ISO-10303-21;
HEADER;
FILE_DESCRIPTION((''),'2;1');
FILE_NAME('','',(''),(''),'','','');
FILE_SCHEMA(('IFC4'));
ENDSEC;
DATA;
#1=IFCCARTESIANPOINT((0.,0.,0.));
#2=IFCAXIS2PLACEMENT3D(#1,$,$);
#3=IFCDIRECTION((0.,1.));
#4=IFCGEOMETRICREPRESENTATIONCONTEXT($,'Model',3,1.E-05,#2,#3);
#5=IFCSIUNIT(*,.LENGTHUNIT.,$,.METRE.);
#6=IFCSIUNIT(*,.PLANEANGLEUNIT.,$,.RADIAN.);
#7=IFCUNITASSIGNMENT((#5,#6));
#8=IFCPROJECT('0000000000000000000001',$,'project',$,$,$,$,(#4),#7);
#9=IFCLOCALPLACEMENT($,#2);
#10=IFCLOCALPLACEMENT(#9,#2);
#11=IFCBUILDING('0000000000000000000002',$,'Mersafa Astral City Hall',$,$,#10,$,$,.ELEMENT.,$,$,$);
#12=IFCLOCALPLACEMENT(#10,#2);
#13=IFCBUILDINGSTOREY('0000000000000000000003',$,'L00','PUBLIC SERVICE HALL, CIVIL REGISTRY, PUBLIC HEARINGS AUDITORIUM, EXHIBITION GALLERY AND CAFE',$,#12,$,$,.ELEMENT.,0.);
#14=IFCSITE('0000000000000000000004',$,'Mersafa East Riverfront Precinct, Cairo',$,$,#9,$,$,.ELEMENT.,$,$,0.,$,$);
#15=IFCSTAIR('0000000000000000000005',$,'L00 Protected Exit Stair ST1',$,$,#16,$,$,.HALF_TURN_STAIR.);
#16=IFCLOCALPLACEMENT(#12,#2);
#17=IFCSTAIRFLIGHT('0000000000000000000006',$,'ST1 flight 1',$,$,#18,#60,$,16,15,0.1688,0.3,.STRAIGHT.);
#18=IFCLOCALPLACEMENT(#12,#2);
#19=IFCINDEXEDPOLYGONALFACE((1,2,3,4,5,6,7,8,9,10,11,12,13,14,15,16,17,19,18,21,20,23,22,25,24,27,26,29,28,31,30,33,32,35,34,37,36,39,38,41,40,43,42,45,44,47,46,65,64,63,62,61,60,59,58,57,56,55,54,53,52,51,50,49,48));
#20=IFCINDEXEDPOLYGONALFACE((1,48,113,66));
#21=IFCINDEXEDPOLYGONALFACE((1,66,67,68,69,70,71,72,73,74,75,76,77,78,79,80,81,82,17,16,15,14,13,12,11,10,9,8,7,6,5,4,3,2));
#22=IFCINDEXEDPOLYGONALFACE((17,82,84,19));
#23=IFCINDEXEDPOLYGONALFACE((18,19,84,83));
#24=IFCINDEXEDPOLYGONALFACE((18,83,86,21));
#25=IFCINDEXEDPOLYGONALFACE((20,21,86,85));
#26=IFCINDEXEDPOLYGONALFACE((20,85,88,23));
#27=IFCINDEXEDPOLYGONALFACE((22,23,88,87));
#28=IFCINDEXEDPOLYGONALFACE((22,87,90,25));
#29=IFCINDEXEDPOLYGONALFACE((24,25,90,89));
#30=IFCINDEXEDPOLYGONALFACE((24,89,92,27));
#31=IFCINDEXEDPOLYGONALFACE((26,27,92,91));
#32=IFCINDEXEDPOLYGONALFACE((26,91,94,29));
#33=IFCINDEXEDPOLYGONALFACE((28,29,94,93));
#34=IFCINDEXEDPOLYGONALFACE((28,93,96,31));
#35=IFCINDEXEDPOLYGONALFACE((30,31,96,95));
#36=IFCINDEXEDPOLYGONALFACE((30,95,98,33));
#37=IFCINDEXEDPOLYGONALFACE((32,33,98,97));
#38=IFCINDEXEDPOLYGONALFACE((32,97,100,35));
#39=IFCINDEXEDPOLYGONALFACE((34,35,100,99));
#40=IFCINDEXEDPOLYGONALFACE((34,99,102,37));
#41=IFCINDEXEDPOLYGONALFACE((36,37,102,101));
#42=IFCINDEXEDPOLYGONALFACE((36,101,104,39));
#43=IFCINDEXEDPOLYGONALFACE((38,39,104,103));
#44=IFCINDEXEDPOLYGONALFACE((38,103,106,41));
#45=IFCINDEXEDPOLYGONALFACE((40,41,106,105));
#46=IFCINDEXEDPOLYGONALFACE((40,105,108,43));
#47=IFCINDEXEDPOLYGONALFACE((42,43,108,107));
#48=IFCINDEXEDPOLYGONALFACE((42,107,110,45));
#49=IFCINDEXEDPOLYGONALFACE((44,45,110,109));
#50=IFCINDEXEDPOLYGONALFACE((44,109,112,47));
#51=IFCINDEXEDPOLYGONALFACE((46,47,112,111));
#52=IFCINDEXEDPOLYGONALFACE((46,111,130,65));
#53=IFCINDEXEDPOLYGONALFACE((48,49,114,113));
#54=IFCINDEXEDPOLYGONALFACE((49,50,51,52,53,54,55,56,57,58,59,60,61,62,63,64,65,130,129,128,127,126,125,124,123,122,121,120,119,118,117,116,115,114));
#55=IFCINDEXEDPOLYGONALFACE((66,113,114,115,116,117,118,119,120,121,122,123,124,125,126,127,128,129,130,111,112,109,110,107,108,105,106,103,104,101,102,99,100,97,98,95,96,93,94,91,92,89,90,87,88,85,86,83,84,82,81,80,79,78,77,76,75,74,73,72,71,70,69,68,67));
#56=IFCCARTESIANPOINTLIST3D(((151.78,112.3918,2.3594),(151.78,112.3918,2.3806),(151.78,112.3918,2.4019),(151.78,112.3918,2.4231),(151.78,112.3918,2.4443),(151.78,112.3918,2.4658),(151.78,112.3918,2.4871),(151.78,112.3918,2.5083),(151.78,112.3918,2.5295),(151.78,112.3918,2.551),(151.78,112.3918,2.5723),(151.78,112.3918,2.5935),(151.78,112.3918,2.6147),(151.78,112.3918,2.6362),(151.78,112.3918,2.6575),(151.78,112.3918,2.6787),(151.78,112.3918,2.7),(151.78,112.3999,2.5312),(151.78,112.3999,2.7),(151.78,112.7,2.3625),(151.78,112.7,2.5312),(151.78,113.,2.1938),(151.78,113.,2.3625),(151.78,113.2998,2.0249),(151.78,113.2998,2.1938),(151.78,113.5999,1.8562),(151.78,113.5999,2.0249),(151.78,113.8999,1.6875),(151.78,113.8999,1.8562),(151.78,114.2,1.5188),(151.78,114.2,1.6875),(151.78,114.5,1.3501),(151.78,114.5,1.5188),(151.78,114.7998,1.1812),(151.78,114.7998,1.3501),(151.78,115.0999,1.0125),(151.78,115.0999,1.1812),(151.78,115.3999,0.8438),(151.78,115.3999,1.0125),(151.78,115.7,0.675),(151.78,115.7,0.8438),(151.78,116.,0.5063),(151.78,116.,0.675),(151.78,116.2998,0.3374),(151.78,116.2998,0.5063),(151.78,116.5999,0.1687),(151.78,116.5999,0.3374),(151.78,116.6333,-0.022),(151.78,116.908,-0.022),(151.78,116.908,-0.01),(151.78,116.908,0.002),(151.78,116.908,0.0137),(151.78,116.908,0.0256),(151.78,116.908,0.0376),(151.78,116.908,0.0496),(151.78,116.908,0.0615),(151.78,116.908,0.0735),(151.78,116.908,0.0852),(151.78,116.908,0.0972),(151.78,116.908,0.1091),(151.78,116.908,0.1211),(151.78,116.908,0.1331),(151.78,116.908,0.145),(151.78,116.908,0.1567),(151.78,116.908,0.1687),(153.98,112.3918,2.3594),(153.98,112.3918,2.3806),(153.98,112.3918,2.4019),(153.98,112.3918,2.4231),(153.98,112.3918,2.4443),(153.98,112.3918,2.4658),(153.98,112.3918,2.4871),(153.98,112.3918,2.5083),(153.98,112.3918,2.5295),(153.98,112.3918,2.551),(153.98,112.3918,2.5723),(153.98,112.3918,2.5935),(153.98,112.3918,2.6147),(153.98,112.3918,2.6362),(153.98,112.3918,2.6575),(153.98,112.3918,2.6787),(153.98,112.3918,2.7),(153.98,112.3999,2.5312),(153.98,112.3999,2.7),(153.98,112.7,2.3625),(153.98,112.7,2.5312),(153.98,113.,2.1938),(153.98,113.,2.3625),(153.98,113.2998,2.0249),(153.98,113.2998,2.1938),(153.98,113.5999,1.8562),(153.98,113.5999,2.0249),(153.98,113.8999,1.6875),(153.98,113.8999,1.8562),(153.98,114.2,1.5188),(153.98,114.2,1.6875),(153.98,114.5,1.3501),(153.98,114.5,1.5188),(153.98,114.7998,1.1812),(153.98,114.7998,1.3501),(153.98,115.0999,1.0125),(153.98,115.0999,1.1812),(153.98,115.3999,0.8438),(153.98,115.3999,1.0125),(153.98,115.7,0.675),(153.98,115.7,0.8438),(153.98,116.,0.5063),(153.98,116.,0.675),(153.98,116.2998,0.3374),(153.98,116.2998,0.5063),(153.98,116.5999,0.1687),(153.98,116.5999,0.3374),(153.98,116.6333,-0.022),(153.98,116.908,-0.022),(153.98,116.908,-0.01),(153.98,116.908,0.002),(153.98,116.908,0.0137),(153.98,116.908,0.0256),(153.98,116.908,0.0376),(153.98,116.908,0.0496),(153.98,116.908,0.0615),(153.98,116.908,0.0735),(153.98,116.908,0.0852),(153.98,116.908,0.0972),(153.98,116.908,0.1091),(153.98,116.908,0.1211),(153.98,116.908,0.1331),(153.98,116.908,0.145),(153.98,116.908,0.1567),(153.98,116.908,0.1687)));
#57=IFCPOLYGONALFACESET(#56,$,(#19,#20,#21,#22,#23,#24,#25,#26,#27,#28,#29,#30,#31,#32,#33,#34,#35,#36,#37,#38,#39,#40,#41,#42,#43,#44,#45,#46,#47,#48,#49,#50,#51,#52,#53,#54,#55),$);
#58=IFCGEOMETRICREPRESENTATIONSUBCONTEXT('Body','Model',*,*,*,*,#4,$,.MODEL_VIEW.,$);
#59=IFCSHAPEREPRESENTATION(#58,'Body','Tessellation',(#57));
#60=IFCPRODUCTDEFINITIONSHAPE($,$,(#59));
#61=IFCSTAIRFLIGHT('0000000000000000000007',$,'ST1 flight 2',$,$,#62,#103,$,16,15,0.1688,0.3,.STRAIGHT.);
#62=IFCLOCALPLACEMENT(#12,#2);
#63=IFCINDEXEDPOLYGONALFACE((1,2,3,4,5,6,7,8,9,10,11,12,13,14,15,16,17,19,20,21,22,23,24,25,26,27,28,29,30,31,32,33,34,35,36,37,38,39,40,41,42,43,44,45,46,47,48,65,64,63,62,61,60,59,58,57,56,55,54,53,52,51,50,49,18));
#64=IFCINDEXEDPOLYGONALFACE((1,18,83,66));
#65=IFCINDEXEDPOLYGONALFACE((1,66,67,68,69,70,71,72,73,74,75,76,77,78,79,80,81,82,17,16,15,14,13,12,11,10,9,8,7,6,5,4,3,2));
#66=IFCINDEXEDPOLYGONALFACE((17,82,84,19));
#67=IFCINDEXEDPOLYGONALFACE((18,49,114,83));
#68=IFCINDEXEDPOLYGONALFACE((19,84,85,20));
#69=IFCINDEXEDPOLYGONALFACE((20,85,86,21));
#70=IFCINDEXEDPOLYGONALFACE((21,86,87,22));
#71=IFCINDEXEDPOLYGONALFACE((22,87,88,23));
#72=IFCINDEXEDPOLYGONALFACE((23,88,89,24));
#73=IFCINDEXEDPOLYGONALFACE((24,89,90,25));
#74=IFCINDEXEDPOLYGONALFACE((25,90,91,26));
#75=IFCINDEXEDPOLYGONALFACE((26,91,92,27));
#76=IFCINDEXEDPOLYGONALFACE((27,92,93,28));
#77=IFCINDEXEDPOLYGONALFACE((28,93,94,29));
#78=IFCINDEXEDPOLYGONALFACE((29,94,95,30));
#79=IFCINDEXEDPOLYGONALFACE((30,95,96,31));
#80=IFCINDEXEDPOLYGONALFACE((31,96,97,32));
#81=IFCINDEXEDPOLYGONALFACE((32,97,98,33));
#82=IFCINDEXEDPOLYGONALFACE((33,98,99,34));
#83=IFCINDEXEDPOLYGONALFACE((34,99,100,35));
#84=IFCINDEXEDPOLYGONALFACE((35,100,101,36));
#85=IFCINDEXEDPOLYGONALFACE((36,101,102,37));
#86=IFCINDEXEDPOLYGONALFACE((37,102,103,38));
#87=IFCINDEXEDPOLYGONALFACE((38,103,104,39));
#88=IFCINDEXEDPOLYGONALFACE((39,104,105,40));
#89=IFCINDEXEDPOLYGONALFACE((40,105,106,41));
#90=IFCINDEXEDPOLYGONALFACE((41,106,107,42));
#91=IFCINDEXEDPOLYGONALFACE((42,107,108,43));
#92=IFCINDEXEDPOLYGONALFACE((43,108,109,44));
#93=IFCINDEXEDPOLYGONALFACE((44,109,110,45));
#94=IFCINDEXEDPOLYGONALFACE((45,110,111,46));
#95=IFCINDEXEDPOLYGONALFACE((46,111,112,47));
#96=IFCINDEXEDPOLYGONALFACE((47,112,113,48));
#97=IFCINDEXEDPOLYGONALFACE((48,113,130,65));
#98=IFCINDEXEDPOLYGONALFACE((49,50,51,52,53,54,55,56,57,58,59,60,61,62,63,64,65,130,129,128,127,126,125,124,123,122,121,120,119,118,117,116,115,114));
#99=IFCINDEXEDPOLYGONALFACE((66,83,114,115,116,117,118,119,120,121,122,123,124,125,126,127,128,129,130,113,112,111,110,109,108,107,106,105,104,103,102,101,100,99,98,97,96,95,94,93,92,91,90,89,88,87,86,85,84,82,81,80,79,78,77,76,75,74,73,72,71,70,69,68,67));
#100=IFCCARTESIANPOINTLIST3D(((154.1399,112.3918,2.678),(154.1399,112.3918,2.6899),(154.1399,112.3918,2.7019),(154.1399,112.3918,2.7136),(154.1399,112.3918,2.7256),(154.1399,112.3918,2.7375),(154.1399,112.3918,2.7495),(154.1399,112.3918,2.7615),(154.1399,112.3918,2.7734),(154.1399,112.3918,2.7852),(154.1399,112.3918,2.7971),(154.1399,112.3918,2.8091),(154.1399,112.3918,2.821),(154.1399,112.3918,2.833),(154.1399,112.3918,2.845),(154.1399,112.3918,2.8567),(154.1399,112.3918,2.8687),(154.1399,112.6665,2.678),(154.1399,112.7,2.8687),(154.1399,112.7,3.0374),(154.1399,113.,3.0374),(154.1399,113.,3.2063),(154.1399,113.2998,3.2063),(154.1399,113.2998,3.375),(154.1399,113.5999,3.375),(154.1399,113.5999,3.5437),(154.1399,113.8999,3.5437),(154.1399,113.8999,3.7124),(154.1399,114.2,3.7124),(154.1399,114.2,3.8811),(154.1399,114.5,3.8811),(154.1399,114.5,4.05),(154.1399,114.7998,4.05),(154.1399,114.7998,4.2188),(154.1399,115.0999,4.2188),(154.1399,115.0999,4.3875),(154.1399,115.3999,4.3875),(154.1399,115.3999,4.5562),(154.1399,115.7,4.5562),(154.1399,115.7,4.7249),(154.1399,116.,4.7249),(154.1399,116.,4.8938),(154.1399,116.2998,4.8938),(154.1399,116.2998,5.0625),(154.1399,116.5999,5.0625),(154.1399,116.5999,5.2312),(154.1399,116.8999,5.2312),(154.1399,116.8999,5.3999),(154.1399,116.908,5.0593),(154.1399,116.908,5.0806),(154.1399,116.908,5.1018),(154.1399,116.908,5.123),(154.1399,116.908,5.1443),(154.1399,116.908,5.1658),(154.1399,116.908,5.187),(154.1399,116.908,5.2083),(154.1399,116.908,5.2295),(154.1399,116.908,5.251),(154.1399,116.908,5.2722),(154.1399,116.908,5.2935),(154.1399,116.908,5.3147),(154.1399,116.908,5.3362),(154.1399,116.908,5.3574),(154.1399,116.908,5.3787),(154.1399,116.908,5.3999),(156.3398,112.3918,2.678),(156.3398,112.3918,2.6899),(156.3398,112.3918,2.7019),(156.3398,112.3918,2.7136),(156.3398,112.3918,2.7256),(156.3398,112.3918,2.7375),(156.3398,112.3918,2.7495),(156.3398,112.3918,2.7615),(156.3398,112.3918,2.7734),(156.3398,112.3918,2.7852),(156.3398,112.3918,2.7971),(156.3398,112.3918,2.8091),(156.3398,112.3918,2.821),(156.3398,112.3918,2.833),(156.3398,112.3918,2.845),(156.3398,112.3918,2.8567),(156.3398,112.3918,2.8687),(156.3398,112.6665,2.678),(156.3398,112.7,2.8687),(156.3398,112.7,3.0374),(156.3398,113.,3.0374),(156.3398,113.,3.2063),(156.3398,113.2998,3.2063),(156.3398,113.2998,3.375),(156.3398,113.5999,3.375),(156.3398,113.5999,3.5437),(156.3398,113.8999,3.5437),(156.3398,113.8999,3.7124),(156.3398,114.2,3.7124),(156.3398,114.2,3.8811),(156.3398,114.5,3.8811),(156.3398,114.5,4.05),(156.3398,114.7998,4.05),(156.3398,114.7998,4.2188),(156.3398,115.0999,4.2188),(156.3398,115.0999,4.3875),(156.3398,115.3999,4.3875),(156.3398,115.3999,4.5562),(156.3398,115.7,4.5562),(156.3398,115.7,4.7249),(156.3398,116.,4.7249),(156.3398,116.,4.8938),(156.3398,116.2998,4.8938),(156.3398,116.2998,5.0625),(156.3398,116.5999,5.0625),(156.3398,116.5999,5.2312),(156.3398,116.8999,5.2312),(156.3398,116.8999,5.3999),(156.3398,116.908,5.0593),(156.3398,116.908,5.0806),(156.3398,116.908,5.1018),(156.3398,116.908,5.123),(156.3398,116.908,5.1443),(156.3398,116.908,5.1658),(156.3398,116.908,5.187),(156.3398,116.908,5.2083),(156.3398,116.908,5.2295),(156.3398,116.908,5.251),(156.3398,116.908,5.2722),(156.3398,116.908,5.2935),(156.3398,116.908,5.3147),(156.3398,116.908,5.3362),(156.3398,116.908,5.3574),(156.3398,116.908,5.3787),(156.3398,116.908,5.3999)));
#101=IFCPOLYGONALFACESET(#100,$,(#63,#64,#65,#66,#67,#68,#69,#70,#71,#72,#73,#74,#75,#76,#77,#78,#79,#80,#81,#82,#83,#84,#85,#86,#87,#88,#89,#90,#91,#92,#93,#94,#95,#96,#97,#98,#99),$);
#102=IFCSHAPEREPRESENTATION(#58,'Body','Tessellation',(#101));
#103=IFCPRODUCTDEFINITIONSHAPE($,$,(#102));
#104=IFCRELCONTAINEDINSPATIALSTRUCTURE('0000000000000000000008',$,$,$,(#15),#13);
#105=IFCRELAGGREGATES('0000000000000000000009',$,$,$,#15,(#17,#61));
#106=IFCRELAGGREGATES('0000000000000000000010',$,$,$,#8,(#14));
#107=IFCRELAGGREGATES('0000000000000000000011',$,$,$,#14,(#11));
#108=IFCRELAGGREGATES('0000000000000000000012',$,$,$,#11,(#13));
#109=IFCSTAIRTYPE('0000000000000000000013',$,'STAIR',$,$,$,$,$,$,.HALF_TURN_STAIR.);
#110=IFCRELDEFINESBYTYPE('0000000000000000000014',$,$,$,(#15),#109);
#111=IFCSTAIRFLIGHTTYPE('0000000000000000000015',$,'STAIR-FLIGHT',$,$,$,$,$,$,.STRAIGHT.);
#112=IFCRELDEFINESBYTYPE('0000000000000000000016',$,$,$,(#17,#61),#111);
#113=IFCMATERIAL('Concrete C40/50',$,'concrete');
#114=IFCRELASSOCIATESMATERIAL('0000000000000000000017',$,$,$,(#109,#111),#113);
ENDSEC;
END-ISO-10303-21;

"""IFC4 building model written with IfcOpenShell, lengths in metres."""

from ifc_helpers import new_model, si_unit, direction, frame, origin, place, context, subcontext, project, spatial, polyline, outline, extrude, material, type_object, element, aggregate, save


model = new_model("IFC4")

# Units and contexts
model_context = context("Model", 3, precision=1e-05, world=origin(), true_north=direction((0.0, 1.0)))
body_context = subcontext(model_context, "Body", "Model", "MODEL_VIEW")
ifc_project = project(units=[si_unit("LENGTHUNIT", "METRE"), si_unit("PLANEANGLEUNIT", "RADIAN")], contexts=[model_context])

# Site, building, storey
site_placement = place(None, origin())
site = spatial("IfcSite", under=ifc_project, at=site_placement, Name="Mersafa East Riverfront Precinct, Cairo", CompositionType="ELEMENT", RefElevation=0.0)
building_placement = place(site_placement, origin())
building = spatial("IfcBuilding", under=site, at=building_placement, Name="Mersafa Astral City Hall", CompositionType="ELEMENT")
storey_placement = place(building_placement, origin())
storey = spatial("IfcBuildingStorey", under=building, at=storey_placement, Name="L00", Description="PUBLIC SERVICE HALL, CIVIL REGISTRY, PUBLIC HEARINGS AUDITORIUM, EXHIBITION GALLERY AND CAFE", CompositionType="ELEMENT", Elevation=0.0)

# Shared definitions
ifc_material_1 = material(Name="Concrete C40/50", Category="concrete")

# Stair, stair flights
stair_type = type_object("IfcStairType", Name="STAIR", PredefinedType="HALF_TURN_STAIR", material=ifc_material_1)
stair_placement = place(storey_placement, origin())
stair = element("IfcStair", 1, at=stair_placement, inside=storey, type_object=stair_type, Name="L00 Protected Exit Stair ST1", PredefinedType="HALF_TURN_STAIR")
stair_flight_type = type_object("IfcStairFlightType", Name="STAIR-FLIGHT", PredefinedType="STRAIGHT", material=ifc_material_1)
stair_flight_1_placement = place(storey_placement, frame((152.8799, 116.8999, 0.0), z_axis=(0.0, 0.0, 1.0), x_axis=(0.0, -1.0, 0.0)))
stair_flight_1 = element("IfcStairFlight", 2, at=stair_flight_1_placement, type_object=stair_flight_type, Name="ST1 flight 1", NumberOfRisers=16, NumberOfTreads=15, PredefinedType="STRAIGHT", RiserHeight=0.1688, TreadLength=0.3, context=body_context, shape_type="SweptSolid", body=[
    extrude(outline(polyline([(-0.0081, -0.022), (-0.0081, -0.01), (-0.0081, 0.002), (-0.0081, 0.0137), (-0.0081, 0.0256), (-0.0081, 0.0376), (-0.0081, 0.0496), (-0.0081, 0.0615), (-0.0081, 0.0735), (-0.0081, 0.0852), (-0.0081, 0.0972), (-0.0081, 0.1091), (-0.0081, 0.1211), (-0.0081, 0.1331), (-0.0081, 0.145), (-0.0081, 0.1567), (-0.0081, 0.1687), (0.3, 0.1687), (0.3, 0.3374), (0.6001, 0.3374), (0.6001, 0.5063), (0.8999, 0.5063), (0.8999, 0.675), (1.2, 0.675), (1.2, 0.8438), (1.5, 0.8438), (1.5, 1.0125), (1.8, 1.0125), (1.8, 1.1812), (2.1001, 1.1812), (2.1001, 1.3501), (2.3999, 1.3501), (2.3999, 1.5188), (2.7, 1.5188), (2.7, 1.6875), (3.0, 1.6875), (3.0, 1.8562), (3.3, 1.8562), (3.3, 2.0249), (3.6001, 2.0249), (3.6001, 2.1938), (3.8999, 2.1938), (3.8999, 2.3625), (4.2, 2.3625), (4.2, 2.5312), (4.5, 2.5312), (4.5, 2.7), (4.5081, 2.7), (4.5081, 2.6787), (4.5081, 2.6575), (4.5081, 2.6362), (4.5081, 2.6147), (4.5081, 2.5935), (4.5081, 2.5723), (4.5081, 2.551), (4.5081, 2.5295), (4.5081, 2.5083), (4.5081, 2.4871), (4.5081, 2.4658), (4.5081, 2.4443), (4.5081, 2.4231), (4.5081, 2.4019), (4.5081, 2.3806), (4.5081, 2.3594), (0.2666, -0.022), (-0.0081, -0.022)])), frame((0.0, 1.1001, 0.0), z_axis=(0.0, -1.0, 0.0), x_axis=(1.0, 0.0, 0.0)), (0.0, 0.0, 1.0), 2.2),
])
stair_flight_2_placement = place(storey_placement, frame((155.24, 112.3999, 2.7), z_axis=(0.0, 0.0, 1.0), x_axis=(0.0, 1.0, 0.0)))
stair_flight_2 = element("IfcStairFlight", 3, at=stair_flight_2_placement, type_object=stair_flight_type, Name="ST1 flight 2", NumberOfRisers=16, NumberOfTreads=15, PredefinedType="STRAIGHT", RiserHeight=0.1688, TreadLength=0.3, context=body_context, shape_type="SweptSolid", body=[
    extrude(outline(polyline([(-0.0081, -0.022), (-0.0081, -0.01), (-0.0081, 0.002), (-0.0081, 0.0137), (-0.0081, 0.0256), (-0.0081, 0.0376), (-0.0081, 0.0496), (-0.0081, 0.0615), (-0.0081, 0.0735), (-0.0081, 0.0852), (-0.0081, 0.0972), (-0.0081, 0.1091), (-0.0081, 0.1211), (-0.0081, 0.1331), (-0.0081, 0.145), (-0.0081, 0.1567), (-0.0081, 0.1687), (0.3, 0.1687), (0.3, 0.3374), (0.6001, 0.3374), (0.6001, 0.5063), (0.8999, 0.5063), (0.8999, 0.675), (1.2, 0.675), (1.2, 0.8438), (1.5, 0.8438), (1.5, 1.0125), (1.8, 1.0125), (1.8, 1.1812), (2.1001, 1.1812), (2.1001, 1.3501), (2.3999, 1.3501), (2.3999, 1.5188), (2.7, 1.5188), (2.7, 1.6875), (3.0, 1.6875), (3.0, 1.8562), (3.3, 1.8562), (3.3, 2.0249), (3.6001, 2.0249), (3.6001, 2.1938), (3.8999, 2.1938), (3.8999, 2.3625), (4.2, 2.3625), (4.2, 2.5312), (4.5, 2.5312), (4.5, 2.7), (4.5081, 2.7), (4.5081, 2.6787), (4.5081, 2.6575), (4.5081, 2.6362), (4.5081, 2.6147), (4.5081, 2.5935), (4.5081, 2.5723), (4.5081, 2.551), (4.5081, 2.5295), (4.5081, 2.5083), (4.5081, 2.4871), (4.5081, 2.4658), (4.5081, 2.4443), (4.5081, 2.4231), (4.5081, 2.4019), (4.5081, 2.3806), (4.5081, 2.3594), (0.2666, -0.022), (-0.0081, -0.022)])), frame((0.0, 1.1001, 0.0), z_axis=(0.0, -1.0, 0.0), x_axis=(1.0, 0.0, 0.0)), (0.0, 0.0, 1.0), 2.2),
])
aggregate(stair, [stair_flight_1, stair_flight_2])

save(model, "model.ifc")
